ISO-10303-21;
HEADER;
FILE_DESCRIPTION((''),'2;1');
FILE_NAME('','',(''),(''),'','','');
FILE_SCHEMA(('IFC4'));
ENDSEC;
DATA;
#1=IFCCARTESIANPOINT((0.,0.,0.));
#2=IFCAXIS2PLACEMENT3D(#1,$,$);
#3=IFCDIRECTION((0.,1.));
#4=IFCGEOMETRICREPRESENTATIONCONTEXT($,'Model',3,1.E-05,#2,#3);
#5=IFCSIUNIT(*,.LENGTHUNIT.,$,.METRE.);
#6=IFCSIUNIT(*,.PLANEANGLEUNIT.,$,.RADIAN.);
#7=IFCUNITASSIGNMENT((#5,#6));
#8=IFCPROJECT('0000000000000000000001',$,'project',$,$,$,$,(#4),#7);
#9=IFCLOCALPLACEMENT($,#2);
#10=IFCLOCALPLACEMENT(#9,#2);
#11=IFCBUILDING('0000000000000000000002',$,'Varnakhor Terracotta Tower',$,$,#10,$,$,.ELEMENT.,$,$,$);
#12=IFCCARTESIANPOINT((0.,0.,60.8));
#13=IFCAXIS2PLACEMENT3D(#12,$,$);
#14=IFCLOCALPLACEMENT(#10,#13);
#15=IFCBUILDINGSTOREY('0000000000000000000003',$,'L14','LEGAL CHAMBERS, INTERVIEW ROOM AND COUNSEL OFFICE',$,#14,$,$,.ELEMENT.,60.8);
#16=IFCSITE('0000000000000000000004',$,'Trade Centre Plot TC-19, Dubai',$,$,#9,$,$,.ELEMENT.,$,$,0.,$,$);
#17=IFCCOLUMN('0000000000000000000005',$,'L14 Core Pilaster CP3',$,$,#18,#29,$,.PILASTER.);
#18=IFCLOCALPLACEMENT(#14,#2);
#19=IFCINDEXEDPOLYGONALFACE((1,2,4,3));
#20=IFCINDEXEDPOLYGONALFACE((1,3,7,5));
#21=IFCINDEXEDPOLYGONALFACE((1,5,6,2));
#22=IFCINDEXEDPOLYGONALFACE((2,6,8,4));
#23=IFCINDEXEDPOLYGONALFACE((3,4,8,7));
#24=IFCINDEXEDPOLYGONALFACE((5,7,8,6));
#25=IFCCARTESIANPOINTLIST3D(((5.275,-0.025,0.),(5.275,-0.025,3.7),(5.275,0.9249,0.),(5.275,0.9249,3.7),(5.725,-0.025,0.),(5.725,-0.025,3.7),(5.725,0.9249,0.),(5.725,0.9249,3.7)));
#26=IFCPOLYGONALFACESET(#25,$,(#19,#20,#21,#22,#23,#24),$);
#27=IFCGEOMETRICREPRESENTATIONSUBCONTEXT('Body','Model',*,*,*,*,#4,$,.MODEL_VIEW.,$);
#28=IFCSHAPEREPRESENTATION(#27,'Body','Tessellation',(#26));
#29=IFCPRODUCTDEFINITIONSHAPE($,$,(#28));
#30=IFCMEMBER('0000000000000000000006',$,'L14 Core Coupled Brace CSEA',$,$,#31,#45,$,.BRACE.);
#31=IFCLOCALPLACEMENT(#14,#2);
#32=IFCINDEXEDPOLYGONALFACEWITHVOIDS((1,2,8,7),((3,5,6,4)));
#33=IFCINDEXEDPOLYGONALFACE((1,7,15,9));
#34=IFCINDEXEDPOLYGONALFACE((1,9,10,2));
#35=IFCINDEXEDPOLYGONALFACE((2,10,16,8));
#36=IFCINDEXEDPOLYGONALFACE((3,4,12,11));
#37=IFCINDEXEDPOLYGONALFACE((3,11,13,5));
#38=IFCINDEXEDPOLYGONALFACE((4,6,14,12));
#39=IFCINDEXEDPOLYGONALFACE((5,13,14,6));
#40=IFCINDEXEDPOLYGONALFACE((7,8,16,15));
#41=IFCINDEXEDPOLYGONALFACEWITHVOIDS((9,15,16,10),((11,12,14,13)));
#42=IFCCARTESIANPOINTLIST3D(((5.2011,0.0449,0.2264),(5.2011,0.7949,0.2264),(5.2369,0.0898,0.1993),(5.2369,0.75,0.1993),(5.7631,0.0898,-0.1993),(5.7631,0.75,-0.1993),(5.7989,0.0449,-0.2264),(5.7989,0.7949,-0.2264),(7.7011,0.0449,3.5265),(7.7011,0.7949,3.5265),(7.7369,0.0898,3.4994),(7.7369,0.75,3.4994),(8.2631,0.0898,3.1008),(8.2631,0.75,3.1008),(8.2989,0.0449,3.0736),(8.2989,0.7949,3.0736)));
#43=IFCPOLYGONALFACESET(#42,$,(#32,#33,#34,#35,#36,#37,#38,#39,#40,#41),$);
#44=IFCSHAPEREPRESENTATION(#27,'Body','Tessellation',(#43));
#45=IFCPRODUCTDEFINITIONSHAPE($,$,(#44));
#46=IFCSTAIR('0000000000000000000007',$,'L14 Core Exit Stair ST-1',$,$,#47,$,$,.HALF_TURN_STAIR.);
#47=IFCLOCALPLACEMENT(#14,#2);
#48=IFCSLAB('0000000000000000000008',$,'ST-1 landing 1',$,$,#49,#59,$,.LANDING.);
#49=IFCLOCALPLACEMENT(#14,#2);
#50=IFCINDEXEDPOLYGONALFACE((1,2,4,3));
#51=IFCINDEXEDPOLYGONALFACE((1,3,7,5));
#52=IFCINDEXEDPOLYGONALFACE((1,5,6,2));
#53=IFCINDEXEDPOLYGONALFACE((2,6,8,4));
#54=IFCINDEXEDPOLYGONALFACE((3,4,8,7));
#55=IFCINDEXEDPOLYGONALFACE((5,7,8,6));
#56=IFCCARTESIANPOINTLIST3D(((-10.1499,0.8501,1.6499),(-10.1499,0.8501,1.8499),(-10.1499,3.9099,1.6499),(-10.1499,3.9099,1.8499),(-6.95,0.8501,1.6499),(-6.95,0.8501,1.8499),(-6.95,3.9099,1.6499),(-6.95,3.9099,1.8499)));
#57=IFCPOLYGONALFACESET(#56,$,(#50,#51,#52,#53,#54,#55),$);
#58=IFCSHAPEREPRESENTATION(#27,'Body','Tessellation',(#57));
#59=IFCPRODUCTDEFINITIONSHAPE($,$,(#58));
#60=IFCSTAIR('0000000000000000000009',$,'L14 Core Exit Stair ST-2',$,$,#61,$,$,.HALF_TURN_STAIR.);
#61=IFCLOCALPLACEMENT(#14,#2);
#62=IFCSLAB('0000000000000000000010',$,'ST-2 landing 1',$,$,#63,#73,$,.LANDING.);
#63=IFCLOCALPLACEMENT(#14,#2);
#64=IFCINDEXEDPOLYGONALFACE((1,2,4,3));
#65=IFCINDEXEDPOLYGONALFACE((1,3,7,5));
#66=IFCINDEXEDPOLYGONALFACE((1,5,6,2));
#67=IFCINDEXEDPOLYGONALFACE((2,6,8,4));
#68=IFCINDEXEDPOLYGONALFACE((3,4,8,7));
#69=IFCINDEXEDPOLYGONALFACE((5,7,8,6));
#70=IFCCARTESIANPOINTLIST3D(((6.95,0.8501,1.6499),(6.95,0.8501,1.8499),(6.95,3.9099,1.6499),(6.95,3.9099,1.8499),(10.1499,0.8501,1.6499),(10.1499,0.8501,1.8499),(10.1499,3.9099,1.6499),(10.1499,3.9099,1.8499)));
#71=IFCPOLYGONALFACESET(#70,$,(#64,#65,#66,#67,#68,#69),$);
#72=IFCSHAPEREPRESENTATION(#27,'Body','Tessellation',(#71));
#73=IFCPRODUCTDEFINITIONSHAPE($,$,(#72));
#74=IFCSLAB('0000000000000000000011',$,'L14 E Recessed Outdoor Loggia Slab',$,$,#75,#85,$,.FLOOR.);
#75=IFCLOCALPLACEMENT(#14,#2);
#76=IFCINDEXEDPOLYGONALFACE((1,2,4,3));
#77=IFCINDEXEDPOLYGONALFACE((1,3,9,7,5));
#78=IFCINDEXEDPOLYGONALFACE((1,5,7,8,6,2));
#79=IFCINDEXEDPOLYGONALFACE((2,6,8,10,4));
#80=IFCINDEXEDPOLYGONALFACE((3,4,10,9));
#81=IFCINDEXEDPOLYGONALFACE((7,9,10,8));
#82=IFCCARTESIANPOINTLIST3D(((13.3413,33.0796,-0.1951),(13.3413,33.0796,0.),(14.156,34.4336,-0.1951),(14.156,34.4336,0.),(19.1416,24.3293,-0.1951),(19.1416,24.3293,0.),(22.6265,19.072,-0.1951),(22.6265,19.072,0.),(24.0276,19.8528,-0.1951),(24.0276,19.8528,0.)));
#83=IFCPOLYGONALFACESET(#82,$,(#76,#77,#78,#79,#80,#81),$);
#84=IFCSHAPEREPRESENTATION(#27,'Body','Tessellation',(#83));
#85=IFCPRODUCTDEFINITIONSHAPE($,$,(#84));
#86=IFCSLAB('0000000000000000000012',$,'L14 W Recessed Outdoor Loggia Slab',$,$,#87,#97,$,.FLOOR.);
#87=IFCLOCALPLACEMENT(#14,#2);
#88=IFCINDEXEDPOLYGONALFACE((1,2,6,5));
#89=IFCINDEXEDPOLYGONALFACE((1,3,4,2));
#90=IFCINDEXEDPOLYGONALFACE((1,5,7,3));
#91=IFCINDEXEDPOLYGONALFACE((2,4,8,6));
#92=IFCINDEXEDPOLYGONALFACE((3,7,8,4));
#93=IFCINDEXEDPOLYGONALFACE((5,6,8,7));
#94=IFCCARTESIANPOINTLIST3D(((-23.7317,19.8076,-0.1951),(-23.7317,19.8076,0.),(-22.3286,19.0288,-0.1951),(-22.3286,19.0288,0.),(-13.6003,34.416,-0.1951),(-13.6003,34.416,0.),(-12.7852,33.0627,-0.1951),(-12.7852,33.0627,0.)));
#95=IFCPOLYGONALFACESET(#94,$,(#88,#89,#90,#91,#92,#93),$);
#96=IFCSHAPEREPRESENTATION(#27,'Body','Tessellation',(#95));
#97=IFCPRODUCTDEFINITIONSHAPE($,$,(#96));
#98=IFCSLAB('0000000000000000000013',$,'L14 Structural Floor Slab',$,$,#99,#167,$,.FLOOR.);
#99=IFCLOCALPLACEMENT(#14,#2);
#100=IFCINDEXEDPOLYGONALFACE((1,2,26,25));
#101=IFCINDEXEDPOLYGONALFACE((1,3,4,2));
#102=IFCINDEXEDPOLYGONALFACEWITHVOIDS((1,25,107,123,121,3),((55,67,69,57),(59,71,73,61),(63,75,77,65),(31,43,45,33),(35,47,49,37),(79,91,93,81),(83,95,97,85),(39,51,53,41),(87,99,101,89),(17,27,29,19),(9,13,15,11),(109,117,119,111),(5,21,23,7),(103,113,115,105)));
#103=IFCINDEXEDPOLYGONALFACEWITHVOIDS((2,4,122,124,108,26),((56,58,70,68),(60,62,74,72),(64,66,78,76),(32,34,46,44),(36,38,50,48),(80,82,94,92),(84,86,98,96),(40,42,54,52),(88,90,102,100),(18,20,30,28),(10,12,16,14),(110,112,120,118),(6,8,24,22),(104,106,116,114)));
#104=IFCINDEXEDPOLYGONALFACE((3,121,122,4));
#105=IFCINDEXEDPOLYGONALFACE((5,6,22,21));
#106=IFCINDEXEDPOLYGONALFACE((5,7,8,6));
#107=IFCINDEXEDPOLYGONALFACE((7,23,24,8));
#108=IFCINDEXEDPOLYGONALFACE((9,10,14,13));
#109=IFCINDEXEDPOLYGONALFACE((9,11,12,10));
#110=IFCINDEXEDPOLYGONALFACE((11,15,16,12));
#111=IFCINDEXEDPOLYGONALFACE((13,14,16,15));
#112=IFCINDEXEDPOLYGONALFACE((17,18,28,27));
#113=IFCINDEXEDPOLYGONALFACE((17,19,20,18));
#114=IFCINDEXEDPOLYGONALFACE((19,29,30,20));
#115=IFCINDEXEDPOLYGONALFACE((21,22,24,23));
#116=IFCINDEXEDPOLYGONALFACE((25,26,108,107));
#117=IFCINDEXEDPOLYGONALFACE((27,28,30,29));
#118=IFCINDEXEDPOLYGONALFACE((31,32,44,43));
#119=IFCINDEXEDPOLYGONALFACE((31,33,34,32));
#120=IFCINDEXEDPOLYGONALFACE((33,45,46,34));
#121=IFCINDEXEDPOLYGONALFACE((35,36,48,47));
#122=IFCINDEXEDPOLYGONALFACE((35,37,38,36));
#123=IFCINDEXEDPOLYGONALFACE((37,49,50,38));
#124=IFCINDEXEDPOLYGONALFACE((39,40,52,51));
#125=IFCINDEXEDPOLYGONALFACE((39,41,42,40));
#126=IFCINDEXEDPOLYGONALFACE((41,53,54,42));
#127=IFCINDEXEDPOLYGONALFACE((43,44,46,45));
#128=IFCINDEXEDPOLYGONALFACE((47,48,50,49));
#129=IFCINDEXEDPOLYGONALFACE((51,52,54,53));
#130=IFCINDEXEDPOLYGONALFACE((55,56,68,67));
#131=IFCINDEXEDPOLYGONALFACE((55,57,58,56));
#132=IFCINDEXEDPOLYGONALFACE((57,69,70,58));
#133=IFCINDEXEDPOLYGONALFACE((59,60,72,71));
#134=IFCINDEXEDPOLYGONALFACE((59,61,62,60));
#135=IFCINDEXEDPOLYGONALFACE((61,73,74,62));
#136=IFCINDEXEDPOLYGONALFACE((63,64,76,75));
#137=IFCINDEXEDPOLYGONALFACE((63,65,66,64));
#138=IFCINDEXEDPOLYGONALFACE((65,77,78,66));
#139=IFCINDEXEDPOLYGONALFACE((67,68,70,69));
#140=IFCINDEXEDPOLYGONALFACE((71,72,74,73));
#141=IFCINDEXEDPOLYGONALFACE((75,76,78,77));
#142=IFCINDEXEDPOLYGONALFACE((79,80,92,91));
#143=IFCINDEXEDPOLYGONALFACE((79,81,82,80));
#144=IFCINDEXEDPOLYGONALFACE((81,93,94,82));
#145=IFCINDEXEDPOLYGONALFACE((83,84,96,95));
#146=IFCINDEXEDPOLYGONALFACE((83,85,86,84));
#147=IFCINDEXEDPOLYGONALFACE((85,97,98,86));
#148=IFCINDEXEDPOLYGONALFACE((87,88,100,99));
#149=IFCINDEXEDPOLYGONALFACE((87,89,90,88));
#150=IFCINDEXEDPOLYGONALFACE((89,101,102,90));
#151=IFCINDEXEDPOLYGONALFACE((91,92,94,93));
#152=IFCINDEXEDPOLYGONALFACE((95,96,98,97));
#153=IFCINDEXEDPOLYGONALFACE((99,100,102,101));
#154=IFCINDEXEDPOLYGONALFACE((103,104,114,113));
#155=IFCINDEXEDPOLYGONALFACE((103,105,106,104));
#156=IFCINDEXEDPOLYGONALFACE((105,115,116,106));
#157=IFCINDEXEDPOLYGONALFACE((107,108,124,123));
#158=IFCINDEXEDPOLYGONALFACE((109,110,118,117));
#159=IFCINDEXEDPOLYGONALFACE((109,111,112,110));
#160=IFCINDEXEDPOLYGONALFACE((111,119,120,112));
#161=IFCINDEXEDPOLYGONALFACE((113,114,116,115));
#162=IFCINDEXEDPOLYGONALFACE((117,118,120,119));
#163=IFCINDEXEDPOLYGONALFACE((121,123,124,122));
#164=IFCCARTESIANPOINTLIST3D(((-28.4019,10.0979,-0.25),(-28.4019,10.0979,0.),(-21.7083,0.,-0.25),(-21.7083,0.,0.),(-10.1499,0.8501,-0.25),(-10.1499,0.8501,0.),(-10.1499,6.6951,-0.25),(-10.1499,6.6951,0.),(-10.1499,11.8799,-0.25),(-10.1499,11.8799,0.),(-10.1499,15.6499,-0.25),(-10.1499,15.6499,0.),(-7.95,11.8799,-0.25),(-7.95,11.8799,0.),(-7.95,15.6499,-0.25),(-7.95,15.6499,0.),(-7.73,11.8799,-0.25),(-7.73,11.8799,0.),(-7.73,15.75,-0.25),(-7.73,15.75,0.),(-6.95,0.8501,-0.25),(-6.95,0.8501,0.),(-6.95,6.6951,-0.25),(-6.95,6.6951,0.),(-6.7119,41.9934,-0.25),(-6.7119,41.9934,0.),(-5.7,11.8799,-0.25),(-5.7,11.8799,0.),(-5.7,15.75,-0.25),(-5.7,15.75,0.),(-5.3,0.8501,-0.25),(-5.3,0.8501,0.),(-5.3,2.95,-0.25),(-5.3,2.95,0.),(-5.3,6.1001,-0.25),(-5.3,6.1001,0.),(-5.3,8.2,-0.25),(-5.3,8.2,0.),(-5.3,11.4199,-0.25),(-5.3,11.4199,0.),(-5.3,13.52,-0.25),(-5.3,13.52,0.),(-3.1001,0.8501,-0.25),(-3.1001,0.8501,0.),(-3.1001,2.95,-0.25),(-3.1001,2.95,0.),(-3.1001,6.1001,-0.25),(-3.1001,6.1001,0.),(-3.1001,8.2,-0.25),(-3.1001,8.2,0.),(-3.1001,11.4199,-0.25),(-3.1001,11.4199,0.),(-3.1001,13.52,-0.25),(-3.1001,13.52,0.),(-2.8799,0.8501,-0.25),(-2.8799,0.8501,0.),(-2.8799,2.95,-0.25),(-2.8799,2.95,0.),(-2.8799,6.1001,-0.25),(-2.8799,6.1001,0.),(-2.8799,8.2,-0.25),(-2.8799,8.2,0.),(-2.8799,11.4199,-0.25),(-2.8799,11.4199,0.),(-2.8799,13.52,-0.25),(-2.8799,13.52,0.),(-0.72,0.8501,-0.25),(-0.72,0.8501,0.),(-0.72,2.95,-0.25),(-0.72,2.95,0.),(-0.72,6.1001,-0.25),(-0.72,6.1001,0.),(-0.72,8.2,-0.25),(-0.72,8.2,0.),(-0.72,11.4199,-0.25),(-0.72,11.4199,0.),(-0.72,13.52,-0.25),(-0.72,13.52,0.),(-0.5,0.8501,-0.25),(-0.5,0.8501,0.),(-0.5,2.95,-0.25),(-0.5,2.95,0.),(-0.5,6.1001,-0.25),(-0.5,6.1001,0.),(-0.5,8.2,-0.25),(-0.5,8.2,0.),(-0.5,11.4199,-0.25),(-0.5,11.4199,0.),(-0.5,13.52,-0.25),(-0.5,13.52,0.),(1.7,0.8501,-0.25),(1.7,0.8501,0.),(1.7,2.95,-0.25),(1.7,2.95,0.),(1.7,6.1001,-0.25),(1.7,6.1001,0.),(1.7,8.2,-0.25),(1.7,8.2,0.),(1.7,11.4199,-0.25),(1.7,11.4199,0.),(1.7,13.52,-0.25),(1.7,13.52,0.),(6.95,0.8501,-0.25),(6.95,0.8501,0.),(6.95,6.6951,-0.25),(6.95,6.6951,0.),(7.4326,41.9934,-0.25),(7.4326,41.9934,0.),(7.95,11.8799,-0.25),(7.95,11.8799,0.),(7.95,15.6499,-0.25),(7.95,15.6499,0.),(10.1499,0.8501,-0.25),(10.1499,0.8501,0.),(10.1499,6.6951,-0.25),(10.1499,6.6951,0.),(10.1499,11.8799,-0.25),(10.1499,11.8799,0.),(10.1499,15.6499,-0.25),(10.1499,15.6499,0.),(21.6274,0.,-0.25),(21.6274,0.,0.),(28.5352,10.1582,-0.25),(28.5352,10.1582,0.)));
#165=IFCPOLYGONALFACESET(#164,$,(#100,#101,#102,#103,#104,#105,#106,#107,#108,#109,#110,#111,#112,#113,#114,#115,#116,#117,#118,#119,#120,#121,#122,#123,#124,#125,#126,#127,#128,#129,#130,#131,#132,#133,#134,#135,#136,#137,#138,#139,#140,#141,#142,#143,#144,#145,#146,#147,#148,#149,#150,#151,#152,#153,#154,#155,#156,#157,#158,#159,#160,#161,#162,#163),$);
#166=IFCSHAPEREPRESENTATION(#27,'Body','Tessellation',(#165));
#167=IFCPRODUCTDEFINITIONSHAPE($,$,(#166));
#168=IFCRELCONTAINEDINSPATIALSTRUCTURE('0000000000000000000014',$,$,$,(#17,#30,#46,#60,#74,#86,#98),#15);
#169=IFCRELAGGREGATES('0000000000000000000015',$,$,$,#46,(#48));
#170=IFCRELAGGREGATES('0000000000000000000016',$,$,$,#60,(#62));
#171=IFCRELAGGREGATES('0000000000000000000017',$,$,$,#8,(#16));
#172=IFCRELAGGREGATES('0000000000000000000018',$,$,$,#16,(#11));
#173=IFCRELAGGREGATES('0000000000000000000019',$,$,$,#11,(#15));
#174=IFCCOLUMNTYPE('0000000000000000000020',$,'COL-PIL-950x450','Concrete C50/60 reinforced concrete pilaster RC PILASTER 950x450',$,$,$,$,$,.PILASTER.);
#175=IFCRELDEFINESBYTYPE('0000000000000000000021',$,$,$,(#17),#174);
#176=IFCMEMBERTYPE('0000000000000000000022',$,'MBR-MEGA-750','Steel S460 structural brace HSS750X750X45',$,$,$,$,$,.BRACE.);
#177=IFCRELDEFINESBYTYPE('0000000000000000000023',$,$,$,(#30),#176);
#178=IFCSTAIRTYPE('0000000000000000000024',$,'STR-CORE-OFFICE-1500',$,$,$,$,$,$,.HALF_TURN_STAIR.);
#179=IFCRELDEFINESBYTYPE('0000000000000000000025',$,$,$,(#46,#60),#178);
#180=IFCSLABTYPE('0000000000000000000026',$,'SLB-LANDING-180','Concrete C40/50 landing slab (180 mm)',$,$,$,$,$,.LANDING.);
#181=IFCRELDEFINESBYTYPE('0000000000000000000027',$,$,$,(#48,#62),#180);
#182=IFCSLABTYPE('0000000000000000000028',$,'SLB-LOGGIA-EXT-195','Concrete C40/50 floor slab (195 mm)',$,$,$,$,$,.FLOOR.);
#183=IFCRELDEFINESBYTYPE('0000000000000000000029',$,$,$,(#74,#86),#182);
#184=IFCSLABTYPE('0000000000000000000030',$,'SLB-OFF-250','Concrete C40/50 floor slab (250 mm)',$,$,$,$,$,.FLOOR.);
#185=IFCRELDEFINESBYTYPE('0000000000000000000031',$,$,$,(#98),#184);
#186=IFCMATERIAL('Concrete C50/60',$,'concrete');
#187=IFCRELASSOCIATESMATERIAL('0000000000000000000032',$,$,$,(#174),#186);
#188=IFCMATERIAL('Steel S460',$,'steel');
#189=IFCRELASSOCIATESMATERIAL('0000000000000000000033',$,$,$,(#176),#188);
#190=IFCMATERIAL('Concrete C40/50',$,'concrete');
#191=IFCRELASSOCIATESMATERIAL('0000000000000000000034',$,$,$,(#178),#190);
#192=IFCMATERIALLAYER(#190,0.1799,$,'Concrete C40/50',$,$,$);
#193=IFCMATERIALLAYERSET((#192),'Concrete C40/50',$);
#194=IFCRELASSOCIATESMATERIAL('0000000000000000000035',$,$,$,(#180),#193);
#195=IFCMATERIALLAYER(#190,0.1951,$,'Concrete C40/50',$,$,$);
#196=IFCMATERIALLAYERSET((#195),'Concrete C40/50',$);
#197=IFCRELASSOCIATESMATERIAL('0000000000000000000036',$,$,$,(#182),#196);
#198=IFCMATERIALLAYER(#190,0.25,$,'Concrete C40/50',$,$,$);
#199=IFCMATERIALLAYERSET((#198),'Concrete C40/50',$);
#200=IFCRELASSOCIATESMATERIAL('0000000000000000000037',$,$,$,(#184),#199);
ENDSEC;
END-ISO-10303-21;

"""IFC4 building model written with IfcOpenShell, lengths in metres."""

from ifc_helpers import new_model, si_unit, direction, frame, origin, origin_2d, place, context, subcontext, project, spatial, polyline, rectangle, hollow_rectangle, outline, extrude, source, transform, mapped, material, layer, layer_set, material_profile, profile_set, type_object, type_shapes, element, aggregate, save


model = new_model("IFC4")

# Units and contexts
model_context = context("Model", 3, precision=1e-05, world=origin(), true_north=direction((0.0, 1.0)))
body_context = subcontext(model_context, "Body", "Model", "MODEL_VIEW")
ifc_project = project(units=[si_unit("LENGTHUNIT", "METRE"), si_unit("PLANEANGLEUNIT", "RADIAN")], contexts=[model_context])

# Site, building, storey
site_placement = place(None, origin())
site = spatial("IfcSite", under=ifc_project, at=site_placement, Name="Trade Centre Plot TC-19, Dubai", CompositionType="ELEMENT", RefElevation=0.0)
building_placement = place(site_placement, origin())
building = spatial("IfcBuilding", under=site, at=building_placement, Name="Varnakhor Terracotta Tower", CompositionType="ELEMENT")
storey_placement = place(building_placement, frame((0.0, 0.0, 60.8)))
storey = spatial("IfcBuildingStorey", under=building, at=storey_placement, Name="L14", Description="LEGAL CHAMBERS, INTERVIEW ROOM AND COUNSEL OFFICE", CompositionType="ELEMENT", Elevation=60.8)

# Column
ifc_material_1 = material(Name="Concrete C50/60", Category="concrete")
ifc_material_profile_1 = material_profile(ifc_material_1, rectangle(XDim=0.45, YDim=0.95, at=origin_2d()), Name="RC PILASTER 950x450")
ifc_profile_set_1 = profile_set([ifc_material_profile_1], Name="Concrete C50/60")
column_type = type_object("IfcColumnType", Name="COL-PIL-950x450", Description="Concrete C50/60 reinforced concrete pilaster RC PILASTER 950x450", PredefinedType="PILASTER", material=ifc_profile_set_1)
shared_shape_1 = source(origin(), body_context, "Body", "SweptSolid", [
    extrude(rectangle(XDim=0.45, YDim=0.95, at=origin_2d()), origin(), (0.0, 0.0, 1.0), 3.7),
])
column_placement = place(storey_placement, frame((5.5, 0.45, 0.0), z_axis=(0.0, 0.0, 1.0), x_axis=(1.0, 0.0, 0.0)))
element("IfcColumn", 1, at=column_placement, inside=storey, type_object=column_type, Name="L14 Core Pilaster CP3", PredefinedType="PILASTER", context=body_context, shape_type="MappedRepresentation", body=[
    mapped(shared_shape_1, transform((0.0, 0.0, 0.0), scale=1.0)),
])

# Member
ifc_material_2 = material(Name="Steel S460", Category="steel")
ifc_material_profile_2 = material_profile(ifc_material_2, hollow_rectangle(XDim=0.75, YDim=0.75, WallThickness=0.0449, at=origin_2d()), Name="HSS750X750X45")
ifc_profile_set_2 = profile_set([ifc_material_profile_2], Name="Steel S460")
member_type = type_object("IfcMemberType", Name="MBR-MEGA-750", Description="Steel S460 structural brace HSS750X750X45", PredefinedType="BRACE", material=ifc_profile_set_2)
shared_shape_2 = source(origin(), body_context, "Body", "SweptSolid", [
    extrude(hollow_rectangle(XDim=0.75, YDim=0.75, WallThickness=0.0449, at=origin_2d()), origin(), (0.0, 0.0, 1.0), 4.1401),
])
type_shapes(member_type, [shared_shape_2])
member_placement = place(storey_placement, frame((5.5, 0.4199, 0.0), z_axis=(0.603852, 0.0, 0.797096), x_axis=(0.0, 1.0, 0.0)))
element("IfcMember", 2, at=member_placement, inside=storey, type_object=member_type, Name="L14 Core Coupled Brace CSEA", PredefinedType="BRACE", context=body_context, shape_type="MappedRepresentation", body=[
    mapped(shared_shape_2, transform((0.0, 0.0, 0.0), scale=1.0)),
])

# Stairs, slabs
ifc_material_3 = material(Name="Concrete C40/50", Category="concrete")
stair_type = type_object("IfcStairType", Name="STR-CORE-OFFICE-1500", PredefinedType="HALF_TURN_STAIR", material=ifc_material_3)
stair_1_placement = place(storey_placement, origin())
stair_1 = element("IfcStair", 3, at=stair_1_placement, inside=storey, type_object=stair_type, Name="L14 Core Exit Stair ST-1", PredefinedType="HALF_TURN_STAIR")
ifc_layer_1 = layer(ifc_material_3, 0.1799, Name="Concrete C40/50")
ifc_layer_set_1 = layer_set([ifc_layer_1], Name="Concrete C40/50")
slab_type_1 = type_object("IfcSlabType", Name="SLB-LANDING-180", Description="Concrete C40/50 landing slab (180 mm)", PredefinedType="LANDING", material=ifc_layer_set_1)
slab_1_placement = place(storey_placement, frame((0.0, 0.0, 1.6499)))
slab_1 = element("IfcSlab", 4, at=slab_1_placement, type_object=slab_type_1, Name="ST-1 landing 1", PredefinedType="LANDING", context=body_context, shape_type="SweptSolid", body=[
    extrude(outline(polyline([(-10.1499, 3.9099), (-10.1499, 0.8501), (-6.95, 0.8501), (-6.95, 3.9099), (-10.1499, 3.9099)])), origin(), (0.0, 0.0, 1.0), 0.2),
])
aggregate(stair_1, [slab_1])
stair_2_placement = place(storey_placement, origin())
stair_2 = element("IfcStair", 5, at=stair_2_placement, inside=storey, type_object=stair_type, Name="L14 Core Exit Stair ST-2", PredefinedType="HALF_TURN_STAIR")
slab_2_placement = place(storey_placement, frame((0.0, 0.0, 1.6499)))
slab_2 = element("IfcSlab", 6, at=slab_2_placement, type_object=slab_type_1, Name="ST-2 landing 1", PredefinedType="LANDING", context=body_context, shape_type="SweptSolid", body=[
    extrude(outline(polyline([(6.95, 3.9099), (6.95, 0.8501), (10.1499, 0.8501), (10.1499, 3.9099), (6.95, 3.9099)])), origin(), (0.0, 0.0, 1.0), 0.2),
])
aggregate(stair_2, [slab_2])

# Slabs
ifc_layer_2 = layer(ifc_material_3, 0.1951, Name="Concrete C40/50")
ifc_layer_set_2 = layer_set([ifc_layer_2], Name="Concrete C40/50")
slab_type_2 = type_object("IfcSlabType", Name="SLB-LOGGIA-EXT-195", Description="Concrete C40/50 floor slab (195 mm)", PredefinedType="FLOOR", material=ifc_layer_set_2)
slab_3_placement = place(storey_placement, frame((0.0, 0.0, -0.1951)))
element("IfcSlab", 7, at=slab_3_placement, inside=storey, type_object=slab_type_2, Name="L14 E Recessed Outdoor Loggia Slab", PredefinedType="FLOOR", context=body_context, shape_type="SweptSolid", body=[
    extrude(outline(polyline([(14.156, 34.4336), (24.0276, 19.8528), (22.6265, 19.072), (19.1416, 24.3293), (13.3413, 33.0796), (14.156, 34.4336)])), origin(), (0.0, 0.0, 1.0), 0.1951),
])
slab_4_placement = place(storey_placement, frame((0.0, 0.0, -0.1951)))
element("IfcSlab", 8, at=slab_4_placement, inside=storey, type_object=slab_type_2, Name="L14 W Recessed Outdoor Loggia Slab", PredefinedType="FLOOR", context=body_context, shape_type="SweptSolid", body=[
    extrude(outline(polyline([(-23.7317, 19.8076), (-13.6003, 34.416), (-12.7852, 33.0627), (-22.3286, 19.0288), (-23.7317, 19.8076)])), origin(), (0.0, 0.0, 1.0), 0.1951),
])
ifc_layer_3 = layer(ifc_material_3, 0.25, Name="Concrete C40/50")
ifc_layer_set_3 = layer_set([ifc_layer_3], Name="Concrete C40/50")
slab_type_3 = type_object("IfcSlabType", Name="SLB-OFF-250", Description="Concrete C40/50 floor slab (250 mm)", PredefinedType="FLOOR", material=ifc_layer_set_3)
slab_5_placement = place(storey_placement, frame((0.0, 0.0, -0.25)))
element("IfcSlab", 9, at=slab_5_placement, inside=storey, type_object=slab_type_3, Name="L14 Structural Floor Slab", PredefinedType="FLOOR", context=body_context, shape_type="SweptSolid", body=[
    extrude(outline(polyline([(-28.4019, 10.0979), (-6.7119, 41.9934), (7.4326, 41.9934), (28.5352, 10.1582), (21.6274, 0.0), (-21.7083, 0.0), (-28.4019, 10.0979)]), holes=[polyline([(-3.1001, 0.8501), (-3.1001, 2.95), (-5.3, 2.95), (-5.3, 0.8501), (-3.1001, 0.8501)]), polyline([(-2.8799, 0.8501), (-0.72, 0.8501), (-0.72, 2.95), (-2.8799, 2.95), (-2.8799, 0.8501)]), polyline([(-10.1499, 0.8501), (-6.95, 0.8501), (-6.95, 6.6951), (-10.1499, 6.6951), (-10.1499, 0.8501)]), polyline([(-5.3, 6.1001), (-3.1001, 6.1001), (-3.1001, 8.2), (-5.3, 8.2), (-5.3, 6.1001)]), polyline([(-5.3, 11.4199), (-3.1001, 11.4199), (-3.1001, 13.52), (-5.3, 13.52), (-5.3, 11.4199)]), polyline([(-10.1499, 11.8799), (-7.95, 11.8799), (-7.95, 15.6499), (-10.1499, 15.6499), (-10.1499, 11.8799)]), polyline([(-7.73, 11.8799), (-5.7, 11.8799), (-5.7, 15.75), (-7.73, 15.75), (-7.73, 11.8799)]), polyline([(1.7, 0.8501), (1.7, 2.95), (-0.5, 2.95), (-0.5, 0.8501), (1.7, 0.8501)]), polyline([(6.95, 0.8501), (10.1499, 0.8501), (10.1499, 6.6951), (6.95, 6.6951), (6.95, 0.8501)]), polyline([(-2.8799, 6.1001), (-0.72, 6.1001), (-0.72, 8.2), (-2.8799, 8.2), (-2.8799, 6.1001)]), polyline([(-0.5, 6.1001), (1.7, 6.1001), (1.7, 8.2), (-0.5, 8.2), (-0.5, 6.1001)]), polyline([(-2.8799, 11.4199), (-0.72, 11.4199), (-0.72, 13.52), (-2.8799, 13.52), (-2.8799, 11.4199)]), polyline([(-0.5, 11.4199), (1.7, 11.4199), (1.7, 13.52), (-0.5, 13.52), (-0.5, 11.4199)]), polyline([(7.95, 11.8799), (10.1499, 11.8799), (10.1499, 15.6499), (7.95, 15.6499), (7.95, 11.8799)])]), origin(), (0.0, 0.0, 1.0), 0.25),
])

save(model, "model.ifc")
